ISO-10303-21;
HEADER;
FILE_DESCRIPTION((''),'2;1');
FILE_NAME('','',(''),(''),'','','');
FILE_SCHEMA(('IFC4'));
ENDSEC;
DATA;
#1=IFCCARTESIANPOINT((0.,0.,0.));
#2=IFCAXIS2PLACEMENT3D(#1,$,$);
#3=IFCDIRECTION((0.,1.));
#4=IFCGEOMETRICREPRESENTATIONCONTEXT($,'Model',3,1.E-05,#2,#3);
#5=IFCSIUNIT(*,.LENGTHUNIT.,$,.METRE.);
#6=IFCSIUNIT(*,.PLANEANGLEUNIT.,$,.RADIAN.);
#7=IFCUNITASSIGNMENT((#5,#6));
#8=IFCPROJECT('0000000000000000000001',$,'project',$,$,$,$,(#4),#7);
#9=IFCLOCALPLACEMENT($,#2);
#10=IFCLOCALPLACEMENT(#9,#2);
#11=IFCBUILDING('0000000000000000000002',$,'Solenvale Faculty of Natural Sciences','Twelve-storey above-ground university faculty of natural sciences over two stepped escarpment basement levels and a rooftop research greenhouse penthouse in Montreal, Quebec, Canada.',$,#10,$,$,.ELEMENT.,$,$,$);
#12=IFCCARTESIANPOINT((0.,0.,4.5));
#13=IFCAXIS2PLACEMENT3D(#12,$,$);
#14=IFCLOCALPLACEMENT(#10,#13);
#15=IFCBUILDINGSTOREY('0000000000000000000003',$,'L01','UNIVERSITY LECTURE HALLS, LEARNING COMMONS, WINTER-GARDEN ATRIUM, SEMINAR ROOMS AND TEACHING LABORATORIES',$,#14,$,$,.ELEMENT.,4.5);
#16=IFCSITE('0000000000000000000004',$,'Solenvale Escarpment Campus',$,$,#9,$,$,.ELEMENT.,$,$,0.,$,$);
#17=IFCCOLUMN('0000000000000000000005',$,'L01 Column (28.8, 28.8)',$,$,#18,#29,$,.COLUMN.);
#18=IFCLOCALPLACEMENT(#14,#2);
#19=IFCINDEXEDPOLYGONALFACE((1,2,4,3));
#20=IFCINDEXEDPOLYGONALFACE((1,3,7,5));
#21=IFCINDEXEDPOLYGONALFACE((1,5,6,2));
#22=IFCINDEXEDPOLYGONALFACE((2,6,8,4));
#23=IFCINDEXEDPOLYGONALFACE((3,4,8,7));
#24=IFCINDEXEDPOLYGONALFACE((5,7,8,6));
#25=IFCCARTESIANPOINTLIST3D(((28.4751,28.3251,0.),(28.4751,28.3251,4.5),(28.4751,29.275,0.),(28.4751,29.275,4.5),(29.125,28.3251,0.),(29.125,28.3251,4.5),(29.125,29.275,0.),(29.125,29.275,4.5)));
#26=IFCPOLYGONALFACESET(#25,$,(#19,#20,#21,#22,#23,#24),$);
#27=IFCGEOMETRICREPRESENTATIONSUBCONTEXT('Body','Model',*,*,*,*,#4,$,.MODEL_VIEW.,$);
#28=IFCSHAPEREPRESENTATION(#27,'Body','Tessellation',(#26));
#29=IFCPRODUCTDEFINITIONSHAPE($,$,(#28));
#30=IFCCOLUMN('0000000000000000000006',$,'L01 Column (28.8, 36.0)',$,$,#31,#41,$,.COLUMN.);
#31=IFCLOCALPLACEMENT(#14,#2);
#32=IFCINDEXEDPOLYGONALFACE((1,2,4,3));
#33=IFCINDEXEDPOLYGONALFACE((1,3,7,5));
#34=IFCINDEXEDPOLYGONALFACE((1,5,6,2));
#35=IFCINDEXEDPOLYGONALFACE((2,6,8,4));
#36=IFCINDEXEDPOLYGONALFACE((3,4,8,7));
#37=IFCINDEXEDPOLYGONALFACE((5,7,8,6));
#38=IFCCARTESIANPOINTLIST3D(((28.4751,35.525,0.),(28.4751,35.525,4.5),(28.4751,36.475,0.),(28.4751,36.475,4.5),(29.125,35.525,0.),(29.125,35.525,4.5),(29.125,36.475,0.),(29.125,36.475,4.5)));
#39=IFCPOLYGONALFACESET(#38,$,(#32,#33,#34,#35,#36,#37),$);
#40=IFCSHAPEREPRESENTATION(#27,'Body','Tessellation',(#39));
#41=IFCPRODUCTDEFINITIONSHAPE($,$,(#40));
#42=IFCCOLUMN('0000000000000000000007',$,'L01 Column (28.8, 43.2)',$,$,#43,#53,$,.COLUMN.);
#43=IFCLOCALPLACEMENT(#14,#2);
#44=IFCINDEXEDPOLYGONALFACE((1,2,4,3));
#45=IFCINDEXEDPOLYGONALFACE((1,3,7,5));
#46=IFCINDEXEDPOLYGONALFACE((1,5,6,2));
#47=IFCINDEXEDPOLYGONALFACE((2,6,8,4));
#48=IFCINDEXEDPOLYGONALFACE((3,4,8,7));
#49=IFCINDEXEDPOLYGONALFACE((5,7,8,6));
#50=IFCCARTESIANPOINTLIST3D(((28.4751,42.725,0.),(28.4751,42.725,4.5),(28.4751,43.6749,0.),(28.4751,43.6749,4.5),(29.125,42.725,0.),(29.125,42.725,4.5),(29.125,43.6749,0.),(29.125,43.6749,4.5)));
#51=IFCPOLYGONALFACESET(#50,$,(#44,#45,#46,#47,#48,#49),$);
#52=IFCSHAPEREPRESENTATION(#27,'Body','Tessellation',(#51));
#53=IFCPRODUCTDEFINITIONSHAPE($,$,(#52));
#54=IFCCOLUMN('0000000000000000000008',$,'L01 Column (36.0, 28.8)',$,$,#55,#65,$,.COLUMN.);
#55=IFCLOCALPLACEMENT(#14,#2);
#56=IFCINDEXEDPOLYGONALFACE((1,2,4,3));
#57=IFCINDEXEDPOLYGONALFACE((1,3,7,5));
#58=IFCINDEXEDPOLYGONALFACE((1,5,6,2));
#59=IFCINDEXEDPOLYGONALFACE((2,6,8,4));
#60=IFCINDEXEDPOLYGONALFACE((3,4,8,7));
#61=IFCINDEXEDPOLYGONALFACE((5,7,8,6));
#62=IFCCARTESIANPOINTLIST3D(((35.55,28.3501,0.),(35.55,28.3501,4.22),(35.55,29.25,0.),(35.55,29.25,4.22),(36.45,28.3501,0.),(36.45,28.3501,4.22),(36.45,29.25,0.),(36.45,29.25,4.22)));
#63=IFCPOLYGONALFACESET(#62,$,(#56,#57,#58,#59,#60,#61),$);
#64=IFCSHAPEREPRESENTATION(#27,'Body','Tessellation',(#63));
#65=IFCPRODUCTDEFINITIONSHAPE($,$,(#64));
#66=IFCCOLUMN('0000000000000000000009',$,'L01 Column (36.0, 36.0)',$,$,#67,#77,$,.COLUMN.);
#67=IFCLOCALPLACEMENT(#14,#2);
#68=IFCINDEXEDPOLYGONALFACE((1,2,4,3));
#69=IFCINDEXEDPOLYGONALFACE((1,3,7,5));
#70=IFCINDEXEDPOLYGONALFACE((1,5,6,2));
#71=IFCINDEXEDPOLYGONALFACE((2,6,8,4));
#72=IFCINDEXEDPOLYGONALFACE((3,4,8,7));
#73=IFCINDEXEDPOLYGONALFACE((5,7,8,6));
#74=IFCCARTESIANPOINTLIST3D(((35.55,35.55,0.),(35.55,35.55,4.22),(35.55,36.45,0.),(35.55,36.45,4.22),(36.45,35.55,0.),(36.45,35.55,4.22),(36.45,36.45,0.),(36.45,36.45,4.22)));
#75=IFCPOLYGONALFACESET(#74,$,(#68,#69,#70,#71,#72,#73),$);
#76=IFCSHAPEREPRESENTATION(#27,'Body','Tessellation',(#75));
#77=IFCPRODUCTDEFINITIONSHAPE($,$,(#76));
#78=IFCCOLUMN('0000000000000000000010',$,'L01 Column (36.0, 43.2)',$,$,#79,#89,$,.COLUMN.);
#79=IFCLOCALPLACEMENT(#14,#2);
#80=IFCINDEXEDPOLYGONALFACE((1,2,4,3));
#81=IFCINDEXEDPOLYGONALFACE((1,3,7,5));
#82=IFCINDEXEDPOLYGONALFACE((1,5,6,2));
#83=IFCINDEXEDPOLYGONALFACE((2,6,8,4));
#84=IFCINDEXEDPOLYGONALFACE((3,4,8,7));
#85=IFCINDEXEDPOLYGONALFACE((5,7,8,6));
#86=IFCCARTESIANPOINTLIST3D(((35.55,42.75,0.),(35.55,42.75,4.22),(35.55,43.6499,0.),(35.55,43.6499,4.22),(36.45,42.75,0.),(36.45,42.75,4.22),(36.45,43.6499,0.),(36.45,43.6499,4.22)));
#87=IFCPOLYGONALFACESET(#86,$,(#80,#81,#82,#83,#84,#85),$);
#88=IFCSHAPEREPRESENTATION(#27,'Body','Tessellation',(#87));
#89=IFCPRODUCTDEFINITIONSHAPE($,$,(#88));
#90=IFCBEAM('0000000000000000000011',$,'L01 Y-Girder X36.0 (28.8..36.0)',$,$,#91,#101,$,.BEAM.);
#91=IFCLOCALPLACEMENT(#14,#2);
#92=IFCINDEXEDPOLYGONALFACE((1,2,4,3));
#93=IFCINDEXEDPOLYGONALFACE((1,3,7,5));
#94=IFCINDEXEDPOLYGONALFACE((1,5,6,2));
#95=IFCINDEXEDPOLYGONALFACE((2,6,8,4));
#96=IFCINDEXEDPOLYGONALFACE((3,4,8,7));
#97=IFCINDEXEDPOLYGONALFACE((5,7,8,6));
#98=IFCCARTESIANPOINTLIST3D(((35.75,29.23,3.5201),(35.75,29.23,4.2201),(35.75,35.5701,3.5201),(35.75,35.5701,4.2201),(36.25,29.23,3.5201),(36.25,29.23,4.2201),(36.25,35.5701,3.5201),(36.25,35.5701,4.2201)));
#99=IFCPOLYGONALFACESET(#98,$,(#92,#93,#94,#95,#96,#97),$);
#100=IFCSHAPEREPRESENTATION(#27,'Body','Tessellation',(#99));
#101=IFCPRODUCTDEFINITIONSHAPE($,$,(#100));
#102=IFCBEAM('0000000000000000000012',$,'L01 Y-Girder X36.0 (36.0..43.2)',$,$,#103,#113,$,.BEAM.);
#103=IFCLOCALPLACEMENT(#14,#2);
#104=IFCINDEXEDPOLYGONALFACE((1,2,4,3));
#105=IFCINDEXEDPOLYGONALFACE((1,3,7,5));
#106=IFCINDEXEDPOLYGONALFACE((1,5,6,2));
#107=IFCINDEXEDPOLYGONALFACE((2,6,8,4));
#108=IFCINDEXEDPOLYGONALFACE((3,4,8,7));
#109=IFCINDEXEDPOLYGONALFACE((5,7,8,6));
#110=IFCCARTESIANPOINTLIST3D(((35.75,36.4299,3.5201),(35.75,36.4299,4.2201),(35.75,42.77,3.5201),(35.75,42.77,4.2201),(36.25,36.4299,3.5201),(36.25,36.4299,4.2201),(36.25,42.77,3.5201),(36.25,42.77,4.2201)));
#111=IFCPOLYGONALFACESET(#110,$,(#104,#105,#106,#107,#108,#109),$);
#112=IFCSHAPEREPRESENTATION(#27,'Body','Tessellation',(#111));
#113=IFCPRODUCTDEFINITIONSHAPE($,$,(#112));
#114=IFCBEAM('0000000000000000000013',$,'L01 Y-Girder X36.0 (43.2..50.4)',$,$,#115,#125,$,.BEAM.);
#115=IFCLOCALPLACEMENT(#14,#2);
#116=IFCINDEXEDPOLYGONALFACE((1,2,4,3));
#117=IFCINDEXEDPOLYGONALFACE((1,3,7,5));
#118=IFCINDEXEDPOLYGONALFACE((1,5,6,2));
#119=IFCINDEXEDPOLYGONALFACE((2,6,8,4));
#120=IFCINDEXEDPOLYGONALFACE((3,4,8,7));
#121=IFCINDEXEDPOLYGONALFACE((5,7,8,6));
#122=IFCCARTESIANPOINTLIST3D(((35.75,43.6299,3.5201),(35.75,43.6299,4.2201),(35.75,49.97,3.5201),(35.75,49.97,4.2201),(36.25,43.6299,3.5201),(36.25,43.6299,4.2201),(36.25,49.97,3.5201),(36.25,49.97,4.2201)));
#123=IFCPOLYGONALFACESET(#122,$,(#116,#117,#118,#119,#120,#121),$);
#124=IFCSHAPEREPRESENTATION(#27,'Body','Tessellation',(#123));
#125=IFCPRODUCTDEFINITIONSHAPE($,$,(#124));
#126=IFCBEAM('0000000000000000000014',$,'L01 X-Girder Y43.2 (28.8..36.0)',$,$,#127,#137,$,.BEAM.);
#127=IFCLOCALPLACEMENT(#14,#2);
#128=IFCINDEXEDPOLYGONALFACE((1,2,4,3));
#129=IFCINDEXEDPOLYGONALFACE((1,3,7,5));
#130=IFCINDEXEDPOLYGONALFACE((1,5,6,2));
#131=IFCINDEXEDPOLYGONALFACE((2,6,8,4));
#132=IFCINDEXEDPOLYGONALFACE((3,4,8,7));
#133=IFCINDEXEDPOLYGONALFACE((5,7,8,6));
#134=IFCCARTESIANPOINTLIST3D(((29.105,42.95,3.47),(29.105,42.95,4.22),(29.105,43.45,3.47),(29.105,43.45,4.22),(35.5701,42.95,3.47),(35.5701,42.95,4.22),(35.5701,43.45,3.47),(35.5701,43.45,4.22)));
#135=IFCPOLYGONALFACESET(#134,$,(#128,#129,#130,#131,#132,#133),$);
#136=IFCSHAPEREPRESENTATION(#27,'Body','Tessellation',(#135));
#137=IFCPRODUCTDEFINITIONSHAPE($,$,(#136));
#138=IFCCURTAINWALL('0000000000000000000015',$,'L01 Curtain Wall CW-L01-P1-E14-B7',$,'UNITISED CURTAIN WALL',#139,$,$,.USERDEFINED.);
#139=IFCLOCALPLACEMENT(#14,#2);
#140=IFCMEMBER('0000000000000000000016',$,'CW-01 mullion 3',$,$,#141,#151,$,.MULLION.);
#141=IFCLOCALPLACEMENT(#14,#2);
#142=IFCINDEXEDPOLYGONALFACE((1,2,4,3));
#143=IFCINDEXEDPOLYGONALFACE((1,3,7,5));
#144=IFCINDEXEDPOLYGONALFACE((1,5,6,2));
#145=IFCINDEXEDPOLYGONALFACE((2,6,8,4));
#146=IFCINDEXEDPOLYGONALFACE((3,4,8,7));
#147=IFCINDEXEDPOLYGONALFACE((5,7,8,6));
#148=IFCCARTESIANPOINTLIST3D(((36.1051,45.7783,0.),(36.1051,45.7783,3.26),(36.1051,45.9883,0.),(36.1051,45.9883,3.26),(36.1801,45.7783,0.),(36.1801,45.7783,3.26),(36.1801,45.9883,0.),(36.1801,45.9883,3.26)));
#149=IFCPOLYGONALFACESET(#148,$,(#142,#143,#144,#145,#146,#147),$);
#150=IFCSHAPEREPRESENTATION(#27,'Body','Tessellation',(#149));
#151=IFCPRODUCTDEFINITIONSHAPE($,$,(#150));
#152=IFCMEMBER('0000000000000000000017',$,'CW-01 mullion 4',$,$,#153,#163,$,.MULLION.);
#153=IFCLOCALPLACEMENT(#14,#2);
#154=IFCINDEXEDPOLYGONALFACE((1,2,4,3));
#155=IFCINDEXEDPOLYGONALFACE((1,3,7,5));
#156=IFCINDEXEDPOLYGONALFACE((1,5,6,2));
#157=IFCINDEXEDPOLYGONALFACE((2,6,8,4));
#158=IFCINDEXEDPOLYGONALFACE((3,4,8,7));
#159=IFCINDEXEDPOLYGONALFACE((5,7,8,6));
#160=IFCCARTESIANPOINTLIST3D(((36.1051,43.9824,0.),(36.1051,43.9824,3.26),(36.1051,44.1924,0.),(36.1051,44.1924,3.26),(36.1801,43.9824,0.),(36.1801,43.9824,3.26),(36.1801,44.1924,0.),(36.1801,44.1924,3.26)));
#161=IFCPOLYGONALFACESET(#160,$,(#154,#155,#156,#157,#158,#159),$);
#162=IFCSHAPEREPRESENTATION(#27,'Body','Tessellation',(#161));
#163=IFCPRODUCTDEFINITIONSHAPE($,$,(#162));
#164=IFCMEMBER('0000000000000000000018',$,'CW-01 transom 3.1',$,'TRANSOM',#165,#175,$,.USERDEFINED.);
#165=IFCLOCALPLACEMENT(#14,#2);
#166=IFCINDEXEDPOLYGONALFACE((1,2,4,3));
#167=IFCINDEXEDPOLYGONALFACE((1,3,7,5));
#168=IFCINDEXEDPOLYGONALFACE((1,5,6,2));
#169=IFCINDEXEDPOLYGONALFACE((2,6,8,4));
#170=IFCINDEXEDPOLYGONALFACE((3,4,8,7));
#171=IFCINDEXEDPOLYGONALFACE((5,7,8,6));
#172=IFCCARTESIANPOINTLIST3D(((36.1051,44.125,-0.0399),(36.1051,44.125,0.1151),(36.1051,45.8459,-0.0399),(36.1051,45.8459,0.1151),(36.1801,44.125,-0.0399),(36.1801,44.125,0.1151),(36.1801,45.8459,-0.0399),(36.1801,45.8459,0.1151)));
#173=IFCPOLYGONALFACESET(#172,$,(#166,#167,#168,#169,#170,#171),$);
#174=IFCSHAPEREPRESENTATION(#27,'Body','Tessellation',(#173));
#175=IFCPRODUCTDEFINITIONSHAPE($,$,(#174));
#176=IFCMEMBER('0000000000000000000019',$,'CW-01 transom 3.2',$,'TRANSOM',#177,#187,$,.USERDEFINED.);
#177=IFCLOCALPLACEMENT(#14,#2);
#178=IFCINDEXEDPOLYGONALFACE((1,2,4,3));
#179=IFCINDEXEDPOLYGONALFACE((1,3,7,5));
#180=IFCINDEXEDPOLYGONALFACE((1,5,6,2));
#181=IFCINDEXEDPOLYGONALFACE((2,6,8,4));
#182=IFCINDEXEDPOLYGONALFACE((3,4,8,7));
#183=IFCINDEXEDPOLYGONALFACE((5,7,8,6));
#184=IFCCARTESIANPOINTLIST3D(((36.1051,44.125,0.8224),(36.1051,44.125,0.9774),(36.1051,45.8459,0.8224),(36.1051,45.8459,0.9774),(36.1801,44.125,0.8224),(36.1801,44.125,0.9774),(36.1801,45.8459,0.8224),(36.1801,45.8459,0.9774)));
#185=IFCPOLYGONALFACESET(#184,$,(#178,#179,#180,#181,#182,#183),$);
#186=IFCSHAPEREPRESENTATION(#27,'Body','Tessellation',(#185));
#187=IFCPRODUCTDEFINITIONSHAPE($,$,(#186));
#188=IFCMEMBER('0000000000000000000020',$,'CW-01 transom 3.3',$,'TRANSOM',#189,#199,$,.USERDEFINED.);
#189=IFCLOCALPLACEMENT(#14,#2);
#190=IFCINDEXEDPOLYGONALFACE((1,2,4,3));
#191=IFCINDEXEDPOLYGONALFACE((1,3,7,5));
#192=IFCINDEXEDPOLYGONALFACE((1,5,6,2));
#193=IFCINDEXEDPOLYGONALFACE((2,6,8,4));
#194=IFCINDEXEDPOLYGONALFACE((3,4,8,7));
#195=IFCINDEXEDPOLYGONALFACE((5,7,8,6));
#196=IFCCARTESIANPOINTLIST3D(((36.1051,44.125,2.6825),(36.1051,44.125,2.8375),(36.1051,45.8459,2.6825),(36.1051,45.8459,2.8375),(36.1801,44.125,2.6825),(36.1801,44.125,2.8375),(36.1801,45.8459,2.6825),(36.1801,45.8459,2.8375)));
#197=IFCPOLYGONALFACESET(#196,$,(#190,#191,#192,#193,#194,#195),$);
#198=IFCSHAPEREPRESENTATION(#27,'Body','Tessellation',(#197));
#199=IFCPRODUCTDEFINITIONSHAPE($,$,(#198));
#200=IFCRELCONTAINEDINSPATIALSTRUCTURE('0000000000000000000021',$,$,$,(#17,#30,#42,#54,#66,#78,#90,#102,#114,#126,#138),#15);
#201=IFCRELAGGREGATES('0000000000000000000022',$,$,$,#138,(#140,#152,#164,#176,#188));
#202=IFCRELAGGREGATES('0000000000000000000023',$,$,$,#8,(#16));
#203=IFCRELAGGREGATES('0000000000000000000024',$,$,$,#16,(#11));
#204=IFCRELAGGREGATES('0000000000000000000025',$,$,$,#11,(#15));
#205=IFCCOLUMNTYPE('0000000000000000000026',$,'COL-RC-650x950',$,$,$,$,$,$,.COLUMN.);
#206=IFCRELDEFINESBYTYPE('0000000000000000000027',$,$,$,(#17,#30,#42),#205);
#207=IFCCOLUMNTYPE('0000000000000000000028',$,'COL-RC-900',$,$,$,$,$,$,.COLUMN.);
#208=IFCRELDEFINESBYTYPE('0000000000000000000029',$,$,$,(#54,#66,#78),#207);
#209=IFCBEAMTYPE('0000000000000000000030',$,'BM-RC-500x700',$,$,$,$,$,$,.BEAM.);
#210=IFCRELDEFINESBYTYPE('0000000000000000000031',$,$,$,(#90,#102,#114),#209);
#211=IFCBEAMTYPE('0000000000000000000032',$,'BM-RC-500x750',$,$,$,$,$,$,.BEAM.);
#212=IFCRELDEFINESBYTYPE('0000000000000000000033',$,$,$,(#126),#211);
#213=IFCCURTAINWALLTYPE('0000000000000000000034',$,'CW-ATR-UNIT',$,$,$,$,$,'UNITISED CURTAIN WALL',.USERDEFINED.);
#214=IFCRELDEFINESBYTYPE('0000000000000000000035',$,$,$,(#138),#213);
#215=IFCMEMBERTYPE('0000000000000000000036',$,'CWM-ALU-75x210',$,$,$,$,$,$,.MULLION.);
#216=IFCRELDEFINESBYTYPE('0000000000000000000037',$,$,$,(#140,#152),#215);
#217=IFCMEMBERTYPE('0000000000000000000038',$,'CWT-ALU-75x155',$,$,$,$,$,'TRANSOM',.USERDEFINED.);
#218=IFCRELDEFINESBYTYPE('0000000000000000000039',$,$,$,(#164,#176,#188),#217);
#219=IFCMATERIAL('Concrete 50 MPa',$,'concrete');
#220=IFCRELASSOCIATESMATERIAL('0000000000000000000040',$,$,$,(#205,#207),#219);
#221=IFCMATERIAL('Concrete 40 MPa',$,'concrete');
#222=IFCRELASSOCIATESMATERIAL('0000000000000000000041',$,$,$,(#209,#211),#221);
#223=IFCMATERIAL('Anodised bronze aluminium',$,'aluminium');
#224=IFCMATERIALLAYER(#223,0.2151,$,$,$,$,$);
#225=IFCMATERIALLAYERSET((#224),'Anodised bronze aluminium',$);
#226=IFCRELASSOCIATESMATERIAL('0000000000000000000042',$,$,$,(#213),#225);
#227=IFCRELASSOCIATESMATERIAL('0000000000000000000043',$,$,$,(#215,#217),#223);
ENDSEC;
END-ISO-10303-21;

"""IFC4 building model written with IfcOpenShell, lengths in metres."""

from ifc_helpers import new_model, si_unit, direction, frame, origin, origin_2d, place, context, subcontext, project, spatial, rectangle, extrude, material, layer, layer_set, material_profile, profile_set, type_object, element, aggregate, save


model = new_model("IFC4")

# Units and contexts
model_context = context("Model", 3, precision=1e-05, world=origin(), true_north=direction((0.0, 1.0)))
body_context = subcontext(model_context, "Body", "Model", "MODEL_VIEW")
ifc_project = project(units=[si_unit("LENGTHUNIT", "METRE"), si_unit("PLANEANGLEUNIT", "RADIAN")], contexts=[model_context])

# Site, building, storey
site_placement = place(None, origin())
site = spatial("IfcSite", under=ifc_project, at=site_placement, Name="Solenvale Escarpment Campus", CompositionType="ELEMENT", RefElevation=0.0)
building_placement = place(site_placement, origin())
building = spatial("IfcBuilding", under=site, at=building_placement, Name="Solenvale Faculty of Natural Sciences", Description="Twelve-storey above-ground university faculty of natural sciences over two stepped escarpment basement levels and a rooftop research greenhouse penthouse in Montreal, Quebec, Canada.", CompositionType="ELEMENT")
storey_placement = place(building_placement, frame((0.0, 0.0, 4.5)))
storey = spatial("IfcBuildingStorey", under=building, at=storey_placement, Name="L01", Description="UNIVERSITY LECTURE HALLS, LEARNING COMMONS, WINTER-GARDEN ATRIUM, SEMINAR ROOMS AND TEACHING LABORATORIES", CompositionType="ELEMENT", Elevation=4.5)

# Columns
ifc_material_1 = material(Name="Concrete 50 MPa", Category="concrete")
ifc_material_profile_1 = material_profile(ifc_material_1, rectangle(XDim=0.6499, YDim=0.95, at=origin_2d()), Name="RC-COL-650x950")
ifc_profile_set_1 = profile_set([ifc_material_profile_1], Name="Concrete 50 MPa")
column_type_1 = type_object("IfcColumnType", Name="COL-RC-650x950", PredefinedType="COLUMN", material=ifc_profile_set_1)
for number, where, z_axis, x_axis, name in (
    (1, (28.8, 28.8, 0.0), (0.0, 0.0, 1.0), (1.0, 0.0, 0.0), "L01 Column (28.8, 28.8)"),
    (2, (28.8, 36.0, 0.0), (0.0, 0.0, 1.0), (1.0, 0.0, 0.0), "L01 Column (28.8, 36.0)"),
    (3, (28.8, 43.2, 0.0), (0.0, 0.0, 1.0), (1.0, 0.0, 0.0), "L01 Column (28.8, 43.2)"),
):
    element("IfcColumn", number, at=place(storey_placement, frame(where, z_axis=z_axis, x_axis=x_axis)), inside=storey, type_object=column_type_1, Name=name, PredefinedType="COLUMN", context=body_context, shape_type="SweptSolid", body=[
        extrude(rectangle(XDim=0.6499, YDim=0.95, at=origin_2d()), origin(), (0.0, 0.0, 1.0), 4.5),
    ])
ifc_material_profile_2 = material_profile(ifc_material_1, rectangle(XDim=0.8999, YDim=0.8999, at=origin_2d()), Name="RC-COL-900x900")
ifc_profile_set_2 = profile_set([ifc_material_profile_2], Name="Concrete 50 MPa")
column_type_2 = type_object("IfcColumnType", Name="COL-RC-900", PredefinedType="COLUMN", material=ifc_profile_set_2)
for number, where, z_axis, x_axis, name in (
    (4, (36.0, 28.8, 0.0), (0.0, 0.0, 1.0), (1.0, 0.0, 0.0), "L01 Column (36.0, 28.8)"),
    (5, (36.0, 36.0, 0.0), (0.0, 0.0, 1.0), (1.0, 0.0, 0.0), "L01 Column (36.0, 36.0)"),
    (6, (36.0, 43.2, 0.0), (0.0, 0.0, 1.0), (1.0, 0.0, 0.0), "L01 Column (36.0, 43.2)"),
):
    element("IfcColumn", number, at=place(storey_placement, frame(where, z_axis=z_axis, x_axis=x_axis)), inside=storey, type_object=column_type_2, Name=name, PredefinedType="COLUMN", context=body_context, shape_type="SweptSolid", body=[
        extrude(rectangle(XDim=0.8999, YDim=0.8999, at=origin_2d()), origin(), (0.0, 0.0, 1.0), 4.22),
    ])

# Beams
ifc_material_2 = material(Name="Concrete 40 MPa", Category="concrete")
ifc_material_profile_3 = material_profile(ifc_material_2, rectangle(XDim=0.5, YDim=0.7, at=origin_2d()), Name="RC-BM-500x700")
ifc_profile_set_3 = profile_set([ifc_material_profile_3], Name="Concrete 40 MPa")
beam_type_1 = type_object("IfcBeamType", Name="BM-RC-500x700", PredefinedType="BEAM", material=ifc_profile_set_3)
for number, where, z_axis, x_axis, name in (
    (7, (36.0, 29.23, 3.8701), (0.0, 1.0, 0.0), (-1.0, 0.0, 0.0), "L01 Y-Girder X36.0 (28.8..36.0)"),
    (8, (36.0, 36.4299, 3.8701), (0.0, 1.0, 0.0), (-1.0, 0.0, 0.0), "L01 Y-Girder X36.0 (36.0..43.2)"),
    (9, (36.0, 43.6299, 3.8701), (0.0, 1.0, 0.0), (-1.0, 0.0, 0.0), "L01 Y-Girder X36.0 (43.2..50.4)"),
):
    element("IfcBeam", number, at=place(storey_placement, frame(where, z_axis=z_axis, x_axis=x_axis)), inside=storey, type_object=beam_type_1, Name=name, PredefinedType="BEAM", context=body_context, shape_type="SweptSolid", body=[
        extrude(rectangle(XDim=0.5, YDim=0.7, at=origin_2d()), origin(), (0.0, 0.0, 1.0), 6.3401),
    ])
ifc_material_profile_4 = material_profile(ifc_material_2, rectangle(XDim=0.5, YDim=0.75, at=origin_2d()), Name="RC-BM-500x750")
ifc_profile_set_4 = profile_set([ifc_material_profile_4], Name="Concrete 40 MPa")
beam_type_2 = type_object("IfcBeamType", Name="BM-RC-500x750", PredefinedType="BEAM", material=ifc_profile_set_4)
beam_placement = place(storey_placement, frame((29.105, 43.2, 3.845), z_axis=(1.0, 0.0, 0.0), x_axis=(0.0, 1.0, 0.0)))
element("IfcBeam", 10, at=beam_placement, inside=storey, type_object=beam_type_2, Name="L01 X-Girder Y43.2 (28.8..36.0)", PredefinedType="BEAM", context=body_context, shape_type="SweptSolid", body=[
    extrude(rectangle(XDim=0.5, YDim=0.75, at=origin_2d()), origin(), (0.0, 0.0, 1.0), 6.4651),
])

# Curtain wall, members
ifc_material_3 = material(Name="Anodised bronze aluminium", Category="aluminium")
ifc_layer_1 = layer(ifc_material_3, 0.2151)
ifc_layer_set_1 = layer_set([ifc_layer_1], Name="Anodised bronze aluminium")
curtain_wall_type = type_object("IfcCurtainWallType", Name="CW-ATR-UNIT", ElementType="UNITISED CURTAIN WALL", PredefinedType="USERDEFINED", material=ifc_layer_set_1)
curtain_wall_placement = place(storey_placement, origin())
curtain_wall = element("IfcCurtainWall", 11, at=curtain_wall_placement, inside=storey, type_object=curtain_wall_type, Name="L01 Curtain Wall CW-L01-P1-E14-B7", ObjectType="UNITISED CURTAIN WALL", PredefinedType="USERDEFINED")
ifc_material_profile_5 = material_profile(ifc_material_3, rectangle(XDim=0.075, YDim=0.21, at=origin_2d()), Name="ALU-MUL-75x210")
ifc_profile_set_5 = profile_set([ifc_material_profile_5], Name="Anodised bronze aluminium")
member_type_1 = type_object("IfcMemberType", Name="CWM-ALU-75x210", PredefinedType="MULLION", material=ifc_profile_set_5)
member_1_placement = place(storey_placement, frame((36.1426, 45.8833, 0.0), z_axis=(0.0, 0.0, 1.0), x_axis=(1.0, 0.0, 0.0)))
member_1 = element("IfcMember", 12, at=member_1_placement, type_object=member_type_1, Name="CW-01 mullion 3", PredefinedType="MULLION", context=body_context, shape_type="SweptSolid", body=[
    extrude(rectangle(XDim=0.075, YDim=0.21, at=origin_2d()), origin(), (0.0, 0.0, 1.0), 3.26),
])
member_2_placement = place(storey_placement, frame((36.1426, 44.0874, 0.0), z_axis=(0.0, 0.0, 1.0), x_axis=(1.0, 0.0, 0.0)))
member_2 = element("IfcMember", 13, at=member_2_placement, type_object=member_type_1, Name="CW-01 mullion 4", PredefinedType="MULLION", context=body_context, shape_type="SweptSolid", body=[
    extrude(rectangle(XDim=0.075, YDim=0.21, at=origin_2d()), origin(), (0.0, 0.0, 1.0), 3.26),
])
ifc_material_profile_6 = material_profile(ifc_material_3, rectangle(XDim=0.075, YDim=0.155, at=origin_2d()), Name="ALU-TRN-75x155")
ifc_profile_set_6 = profile_set([ifc_material_profile_6], Name="Anodised bronze aluminium")
member_type_2 = type_object("IfcMemberType", Name="CWT-ALU-75x155", ElementType="TRANSOM", PredefinedType="USERDEFINED", material=ifc_profile_set_6)
member_3_placement = place(storey_placement, frame((36.1426, 45.8459, 0.0376), z_axis=(0.0, -1.0, 0.0), x_axis=(1.0, 0.0, 0.0)))
member_3 = element("IfcMember", 14, at=member_3_placement, type_object=member_type_2, Name="CW-01 transom 3.1", ObjectType="TRANSOM", PredefinedType="USERDEFINED", context=body_context, shape_type="SweptSolid", body=[
    extrude(rectangle(XDim=0.075, YDim=0.155, at=origin_2d()), origin(), (0.0, 0.0, 1.0), 1.7209),
])
member_4_placement = place(storey_placement, frame((36.1426, 45.8459, 0.8999), z_axis=(0.0, -1.0, 0.0), x_axis=(1.0, 0.0, 0.0)))
member_4 = element("IfcMember", 15, at=member_4_placement, type_object=member_type_2, Name="CW-01 transom 3.2", ObjectType="TRANSOM", PredefinedType="USERDEFINED", context=body_context, shape_type="SweptSolid", body=[
    extrude(rectangle(XDim=0.075, YDim=0.155, at=origin_2d()), origin(), (0.0, 0.0, 1.0), 1.7209),
])
member_5_placement = place(storey_placement, frame((36.1426, 45.8459, 2.76), z_axis=(0.0, -1.0, 0.0), x_axis=(1.0, 0.0, 0.0)))
member_5 = element("IfcMember", 16, at=member_5_placement, type_object=member_type_2, Name="CW-01 transom 3.3", ObjectType="TRANSOM", PredefinedType="USERDEFINED", context=body_context, shape_type="SweptSolid", body=[
    extrude(rectangle(XDim=0.075, YDim=0.155, at=origin_2d()), origin(), (0.0, 0.0, 1.0), 1.7209),
])
aggregate(curtain_wall, [member_1, member_2, member_3, member_4, member_5])

save(model, "model.ifc")
